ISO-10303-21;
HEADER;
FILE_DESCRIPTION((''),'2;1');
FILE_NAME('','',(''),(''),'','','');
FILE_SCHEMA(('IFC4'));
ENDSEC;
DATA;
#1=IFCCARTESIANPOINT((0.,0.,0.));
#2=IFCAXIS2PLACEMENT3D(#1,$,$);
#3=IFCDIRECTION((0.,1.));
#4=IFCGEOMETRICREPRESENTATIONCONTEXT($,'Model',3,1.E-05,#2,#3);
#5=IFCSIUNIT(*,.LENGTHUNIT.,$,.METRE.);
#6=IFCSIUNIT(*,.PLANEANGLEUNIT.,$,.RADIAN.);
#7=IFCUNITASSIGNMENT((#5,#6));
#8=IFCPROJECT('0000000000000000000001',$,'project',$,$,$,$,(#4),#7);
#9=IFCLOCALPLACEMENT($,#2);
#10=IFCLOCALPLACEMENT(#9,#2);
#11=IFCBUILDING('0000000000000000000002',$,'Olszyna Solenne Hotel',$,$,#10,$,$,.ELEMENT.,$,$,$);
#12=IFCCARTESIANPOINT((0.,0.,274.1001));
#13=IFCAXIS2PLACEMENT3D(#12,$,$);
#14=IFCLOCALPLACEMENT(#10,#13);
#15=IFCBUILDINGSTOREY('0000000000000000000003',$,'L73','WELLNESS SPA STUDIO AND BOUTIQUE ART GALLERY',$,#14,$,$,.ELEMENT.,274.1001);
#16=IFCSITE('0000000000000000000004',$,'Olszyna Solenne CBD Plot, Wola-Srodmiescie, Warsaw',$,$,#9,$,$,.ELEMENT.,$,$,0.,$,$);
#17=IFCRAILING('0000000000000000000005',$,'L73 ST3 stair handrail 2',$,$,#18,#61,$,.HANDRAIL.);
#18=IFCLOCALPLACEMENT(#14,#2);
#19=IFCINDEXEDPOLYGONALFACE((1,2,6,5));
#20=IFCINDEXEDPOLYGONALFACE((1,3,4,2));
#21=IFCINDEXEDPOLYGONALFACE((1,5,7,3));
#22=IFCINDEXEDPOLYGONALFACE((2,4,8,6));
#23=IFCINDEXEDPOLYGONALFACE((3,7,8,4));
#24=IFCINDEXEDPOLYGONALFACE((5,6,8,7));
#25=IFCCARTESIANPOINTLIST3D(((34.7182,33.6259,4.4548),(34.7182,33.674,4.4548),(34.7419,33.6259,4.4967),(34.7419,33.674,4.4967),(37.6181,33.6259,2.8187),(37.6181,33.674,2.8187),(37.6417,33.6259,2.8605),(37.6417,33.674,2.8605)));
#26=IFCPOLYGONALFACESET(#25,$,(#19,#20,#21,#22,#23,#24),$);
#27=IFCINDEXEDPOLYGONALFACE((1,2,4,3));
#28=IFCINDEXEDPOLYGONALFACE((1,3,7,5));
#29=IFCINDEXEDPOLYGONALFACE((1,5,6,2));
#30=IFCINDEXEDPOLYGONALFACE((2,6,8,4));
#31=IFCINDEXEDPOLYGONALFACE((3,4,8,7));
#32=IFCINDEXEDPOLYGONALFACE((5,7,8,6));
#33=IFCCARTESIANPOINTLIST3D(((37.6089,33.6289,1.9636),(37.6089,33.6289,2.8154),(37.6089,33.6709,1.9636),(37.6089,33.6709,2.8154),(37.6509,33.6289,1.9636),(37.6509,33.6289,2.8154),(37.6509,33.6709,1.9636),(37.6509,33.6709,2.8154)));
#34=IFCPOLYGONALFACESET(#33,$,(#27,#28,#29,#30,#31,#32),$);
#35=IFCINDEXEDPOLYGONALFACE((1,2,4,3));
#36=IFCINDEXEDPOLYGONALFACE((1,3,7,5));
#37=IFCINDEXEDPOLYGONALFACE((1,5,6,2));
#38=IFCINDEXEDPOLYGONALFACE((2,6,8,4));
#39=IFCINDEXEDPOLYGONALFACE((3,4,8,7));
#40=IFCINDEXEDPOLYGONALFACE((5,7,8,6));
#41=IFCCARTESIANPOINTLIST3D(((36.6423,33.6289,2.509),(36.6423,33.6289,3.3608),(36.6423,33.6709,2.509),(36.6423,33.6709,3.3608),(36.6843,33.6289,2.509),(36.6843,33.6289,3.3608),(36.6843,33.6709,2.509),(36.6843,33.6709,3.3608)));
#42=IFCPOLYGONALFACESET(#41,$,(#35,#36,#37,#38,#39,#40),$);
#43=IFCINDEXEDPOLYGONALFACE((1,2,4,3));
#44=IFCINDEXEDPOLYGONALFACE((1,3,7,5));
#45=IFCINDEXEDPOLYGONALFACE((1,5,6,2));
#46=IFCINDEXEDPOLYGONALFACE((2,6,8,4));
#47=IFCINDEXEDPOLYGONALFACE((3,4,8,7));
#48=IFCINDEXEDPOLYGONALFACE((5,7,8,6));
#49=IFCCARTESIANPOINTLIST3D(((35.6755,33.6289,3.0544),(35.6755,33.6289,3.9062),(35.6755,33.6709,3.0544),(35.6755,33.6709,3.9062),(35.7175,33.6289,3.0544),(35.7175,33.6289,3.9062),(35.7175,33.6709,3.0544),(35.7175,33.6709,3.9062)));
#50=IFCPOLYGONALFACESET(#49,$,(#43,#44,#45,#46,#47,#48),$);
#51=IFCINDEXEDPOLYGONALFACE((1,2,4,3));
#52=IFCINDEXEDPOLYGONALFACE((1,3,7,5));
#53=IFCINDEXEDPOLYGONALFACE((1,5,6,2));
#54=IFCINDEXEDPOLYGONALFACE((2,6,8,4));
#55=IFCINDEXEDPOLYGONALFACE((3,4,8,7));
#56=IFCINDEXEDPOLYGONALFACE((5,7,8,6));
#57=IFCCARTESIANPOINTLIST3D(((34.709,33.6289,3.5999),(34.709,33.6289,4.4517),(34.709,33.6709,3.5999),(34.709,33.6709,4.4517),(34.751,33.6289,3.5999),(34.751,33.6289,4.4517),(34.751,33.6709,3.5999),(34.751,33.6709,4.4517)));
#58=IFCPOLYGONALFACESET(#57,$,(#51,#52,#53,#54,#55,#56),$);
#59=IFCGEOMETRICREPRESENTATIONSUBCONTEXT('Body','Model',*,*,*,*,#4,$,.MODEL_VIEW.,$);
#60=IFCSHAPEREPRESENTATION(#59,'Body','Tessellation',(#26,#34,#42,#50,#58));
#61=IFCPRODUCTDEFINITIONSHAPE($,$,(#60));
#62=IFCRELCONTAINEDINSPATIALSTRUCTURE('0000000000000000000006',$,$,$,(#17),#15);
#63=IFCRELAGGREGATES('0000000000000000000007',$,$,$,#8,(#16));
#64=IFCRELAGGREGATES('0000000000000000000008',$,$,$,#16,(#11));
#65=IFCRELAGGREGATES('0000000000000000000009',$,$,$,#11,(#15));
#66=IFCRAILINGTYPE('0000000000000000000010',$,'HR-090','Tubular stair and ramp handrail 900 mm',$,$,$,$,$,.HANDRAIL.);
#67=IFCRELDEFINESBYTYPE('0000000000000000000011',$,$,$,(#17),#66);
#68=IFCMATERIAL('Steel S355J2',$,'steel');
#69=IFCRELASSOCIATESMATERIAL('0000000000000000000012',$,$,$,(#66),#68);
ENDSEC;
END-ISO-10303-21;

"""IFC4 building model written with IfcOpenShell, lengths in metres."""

from ifc_helpers import new_model, si_unit, direction, frame, origin, origin_2d, place, context, subcontext, project, spatial, rectangle, extrude, material, type_object, element, save


model = new_model("IFC4")

# Units and contexts
model_context = context("Model", 3, precision=1e-05, world=origin(), true_north=direction((0.0, 1.0)))
body_context = subcontext(model_context, "Body", "Model", "MODEL_VIEW")
ifc_project = project(units=[si_unit("LENGTHUNIT", "METRE"), si_unit("PLANEANGLEUNIT", "RADIAN")], contexts=[model_context])

# Site, building, storey
site_placement = place(None, origin())
site = spatial("IfcSite", under=ifc_project, at=site_placement, Name="Olszyna Solenne CBD Plot, Wola-Srodmiescie, Warsaw", CompositionType="ELEMENT", RefElevation=0.0)
building_placement = place(site_placement, origin())
building = spatial("IfcBuilding", under=site, at=building_placement, Name="Olszyna Solenne Hotel", CompositionType="ELEMENT")
storey_placement = place(building_placement, frame((0.0, 0.0, 274.1001)))
storey = spatial("IfcBuildingStorey", under=building, at=storey_placement, Name="L73", Description="WELLNESS SPA STUDIO AND BOUTIQUE ART GALLERY", CompositionType="ELEMENT", Elevation=274.1001)

# Shared definitions
ifc_material_1 = material(Name="Steel S355J2", Category="steel")

# Railing
railing_type_1 = type_object("IfcRailingType", Name="HR-090", Description="Tubular stair and ramp handrail 900 mm", PredefinedType="HANDRAIL", material=ifc_material_1)
railing_1_placement = place(storey_placement, frame((37.6299, 33.6499, 1.9636)))
element("IfcRailing", 1, at=railing_1_placement, inside=storey, type_object=railing_type_1, Name="L73 ST3 stair handrail 2", PredefinedType="HANDRAIL", context=body_context, shape_type="SweptSolid", body=[
    extrude(rectangle(XDim=0.0481, YDim=0.0481, at=origin_2d()), frame((0.0, 0.0, 0.876), z_axis=(-0.870929, 0.0, 0.49141), x_axis=(0.0, -1.0, 0.0)), (0.0, 0.0, 1.0), 3.3296),
    extrude(rectangle(XDim=0.042, YDim=0.042, at=origin_2d()), origin(), (0.0, 0.0, 1.0), 0.8518),
    extrude(rectangle(XDim=0.042, YDim=0.042, at=origin_2d()), frame((-0.9666, 0.0, 0.5454)), (0.0, 0.0, 1.0), 0.8518),
    extrude(rectangle(XDim=0.042, YDim=0.042, at=origin_2d()), frame((-1.9333, 0.0, 1.0908)), (0.0, 0.0, 1.0), 0.8518),
    extrude(rectangle(XDim=0.042, YDim=0.042, at=origin_2d()), frame((-2.8999, 0.0, 1.6362)), (0.0, 0.0, 1.0), 0.8518),
])

save(model, "model.ifc")
